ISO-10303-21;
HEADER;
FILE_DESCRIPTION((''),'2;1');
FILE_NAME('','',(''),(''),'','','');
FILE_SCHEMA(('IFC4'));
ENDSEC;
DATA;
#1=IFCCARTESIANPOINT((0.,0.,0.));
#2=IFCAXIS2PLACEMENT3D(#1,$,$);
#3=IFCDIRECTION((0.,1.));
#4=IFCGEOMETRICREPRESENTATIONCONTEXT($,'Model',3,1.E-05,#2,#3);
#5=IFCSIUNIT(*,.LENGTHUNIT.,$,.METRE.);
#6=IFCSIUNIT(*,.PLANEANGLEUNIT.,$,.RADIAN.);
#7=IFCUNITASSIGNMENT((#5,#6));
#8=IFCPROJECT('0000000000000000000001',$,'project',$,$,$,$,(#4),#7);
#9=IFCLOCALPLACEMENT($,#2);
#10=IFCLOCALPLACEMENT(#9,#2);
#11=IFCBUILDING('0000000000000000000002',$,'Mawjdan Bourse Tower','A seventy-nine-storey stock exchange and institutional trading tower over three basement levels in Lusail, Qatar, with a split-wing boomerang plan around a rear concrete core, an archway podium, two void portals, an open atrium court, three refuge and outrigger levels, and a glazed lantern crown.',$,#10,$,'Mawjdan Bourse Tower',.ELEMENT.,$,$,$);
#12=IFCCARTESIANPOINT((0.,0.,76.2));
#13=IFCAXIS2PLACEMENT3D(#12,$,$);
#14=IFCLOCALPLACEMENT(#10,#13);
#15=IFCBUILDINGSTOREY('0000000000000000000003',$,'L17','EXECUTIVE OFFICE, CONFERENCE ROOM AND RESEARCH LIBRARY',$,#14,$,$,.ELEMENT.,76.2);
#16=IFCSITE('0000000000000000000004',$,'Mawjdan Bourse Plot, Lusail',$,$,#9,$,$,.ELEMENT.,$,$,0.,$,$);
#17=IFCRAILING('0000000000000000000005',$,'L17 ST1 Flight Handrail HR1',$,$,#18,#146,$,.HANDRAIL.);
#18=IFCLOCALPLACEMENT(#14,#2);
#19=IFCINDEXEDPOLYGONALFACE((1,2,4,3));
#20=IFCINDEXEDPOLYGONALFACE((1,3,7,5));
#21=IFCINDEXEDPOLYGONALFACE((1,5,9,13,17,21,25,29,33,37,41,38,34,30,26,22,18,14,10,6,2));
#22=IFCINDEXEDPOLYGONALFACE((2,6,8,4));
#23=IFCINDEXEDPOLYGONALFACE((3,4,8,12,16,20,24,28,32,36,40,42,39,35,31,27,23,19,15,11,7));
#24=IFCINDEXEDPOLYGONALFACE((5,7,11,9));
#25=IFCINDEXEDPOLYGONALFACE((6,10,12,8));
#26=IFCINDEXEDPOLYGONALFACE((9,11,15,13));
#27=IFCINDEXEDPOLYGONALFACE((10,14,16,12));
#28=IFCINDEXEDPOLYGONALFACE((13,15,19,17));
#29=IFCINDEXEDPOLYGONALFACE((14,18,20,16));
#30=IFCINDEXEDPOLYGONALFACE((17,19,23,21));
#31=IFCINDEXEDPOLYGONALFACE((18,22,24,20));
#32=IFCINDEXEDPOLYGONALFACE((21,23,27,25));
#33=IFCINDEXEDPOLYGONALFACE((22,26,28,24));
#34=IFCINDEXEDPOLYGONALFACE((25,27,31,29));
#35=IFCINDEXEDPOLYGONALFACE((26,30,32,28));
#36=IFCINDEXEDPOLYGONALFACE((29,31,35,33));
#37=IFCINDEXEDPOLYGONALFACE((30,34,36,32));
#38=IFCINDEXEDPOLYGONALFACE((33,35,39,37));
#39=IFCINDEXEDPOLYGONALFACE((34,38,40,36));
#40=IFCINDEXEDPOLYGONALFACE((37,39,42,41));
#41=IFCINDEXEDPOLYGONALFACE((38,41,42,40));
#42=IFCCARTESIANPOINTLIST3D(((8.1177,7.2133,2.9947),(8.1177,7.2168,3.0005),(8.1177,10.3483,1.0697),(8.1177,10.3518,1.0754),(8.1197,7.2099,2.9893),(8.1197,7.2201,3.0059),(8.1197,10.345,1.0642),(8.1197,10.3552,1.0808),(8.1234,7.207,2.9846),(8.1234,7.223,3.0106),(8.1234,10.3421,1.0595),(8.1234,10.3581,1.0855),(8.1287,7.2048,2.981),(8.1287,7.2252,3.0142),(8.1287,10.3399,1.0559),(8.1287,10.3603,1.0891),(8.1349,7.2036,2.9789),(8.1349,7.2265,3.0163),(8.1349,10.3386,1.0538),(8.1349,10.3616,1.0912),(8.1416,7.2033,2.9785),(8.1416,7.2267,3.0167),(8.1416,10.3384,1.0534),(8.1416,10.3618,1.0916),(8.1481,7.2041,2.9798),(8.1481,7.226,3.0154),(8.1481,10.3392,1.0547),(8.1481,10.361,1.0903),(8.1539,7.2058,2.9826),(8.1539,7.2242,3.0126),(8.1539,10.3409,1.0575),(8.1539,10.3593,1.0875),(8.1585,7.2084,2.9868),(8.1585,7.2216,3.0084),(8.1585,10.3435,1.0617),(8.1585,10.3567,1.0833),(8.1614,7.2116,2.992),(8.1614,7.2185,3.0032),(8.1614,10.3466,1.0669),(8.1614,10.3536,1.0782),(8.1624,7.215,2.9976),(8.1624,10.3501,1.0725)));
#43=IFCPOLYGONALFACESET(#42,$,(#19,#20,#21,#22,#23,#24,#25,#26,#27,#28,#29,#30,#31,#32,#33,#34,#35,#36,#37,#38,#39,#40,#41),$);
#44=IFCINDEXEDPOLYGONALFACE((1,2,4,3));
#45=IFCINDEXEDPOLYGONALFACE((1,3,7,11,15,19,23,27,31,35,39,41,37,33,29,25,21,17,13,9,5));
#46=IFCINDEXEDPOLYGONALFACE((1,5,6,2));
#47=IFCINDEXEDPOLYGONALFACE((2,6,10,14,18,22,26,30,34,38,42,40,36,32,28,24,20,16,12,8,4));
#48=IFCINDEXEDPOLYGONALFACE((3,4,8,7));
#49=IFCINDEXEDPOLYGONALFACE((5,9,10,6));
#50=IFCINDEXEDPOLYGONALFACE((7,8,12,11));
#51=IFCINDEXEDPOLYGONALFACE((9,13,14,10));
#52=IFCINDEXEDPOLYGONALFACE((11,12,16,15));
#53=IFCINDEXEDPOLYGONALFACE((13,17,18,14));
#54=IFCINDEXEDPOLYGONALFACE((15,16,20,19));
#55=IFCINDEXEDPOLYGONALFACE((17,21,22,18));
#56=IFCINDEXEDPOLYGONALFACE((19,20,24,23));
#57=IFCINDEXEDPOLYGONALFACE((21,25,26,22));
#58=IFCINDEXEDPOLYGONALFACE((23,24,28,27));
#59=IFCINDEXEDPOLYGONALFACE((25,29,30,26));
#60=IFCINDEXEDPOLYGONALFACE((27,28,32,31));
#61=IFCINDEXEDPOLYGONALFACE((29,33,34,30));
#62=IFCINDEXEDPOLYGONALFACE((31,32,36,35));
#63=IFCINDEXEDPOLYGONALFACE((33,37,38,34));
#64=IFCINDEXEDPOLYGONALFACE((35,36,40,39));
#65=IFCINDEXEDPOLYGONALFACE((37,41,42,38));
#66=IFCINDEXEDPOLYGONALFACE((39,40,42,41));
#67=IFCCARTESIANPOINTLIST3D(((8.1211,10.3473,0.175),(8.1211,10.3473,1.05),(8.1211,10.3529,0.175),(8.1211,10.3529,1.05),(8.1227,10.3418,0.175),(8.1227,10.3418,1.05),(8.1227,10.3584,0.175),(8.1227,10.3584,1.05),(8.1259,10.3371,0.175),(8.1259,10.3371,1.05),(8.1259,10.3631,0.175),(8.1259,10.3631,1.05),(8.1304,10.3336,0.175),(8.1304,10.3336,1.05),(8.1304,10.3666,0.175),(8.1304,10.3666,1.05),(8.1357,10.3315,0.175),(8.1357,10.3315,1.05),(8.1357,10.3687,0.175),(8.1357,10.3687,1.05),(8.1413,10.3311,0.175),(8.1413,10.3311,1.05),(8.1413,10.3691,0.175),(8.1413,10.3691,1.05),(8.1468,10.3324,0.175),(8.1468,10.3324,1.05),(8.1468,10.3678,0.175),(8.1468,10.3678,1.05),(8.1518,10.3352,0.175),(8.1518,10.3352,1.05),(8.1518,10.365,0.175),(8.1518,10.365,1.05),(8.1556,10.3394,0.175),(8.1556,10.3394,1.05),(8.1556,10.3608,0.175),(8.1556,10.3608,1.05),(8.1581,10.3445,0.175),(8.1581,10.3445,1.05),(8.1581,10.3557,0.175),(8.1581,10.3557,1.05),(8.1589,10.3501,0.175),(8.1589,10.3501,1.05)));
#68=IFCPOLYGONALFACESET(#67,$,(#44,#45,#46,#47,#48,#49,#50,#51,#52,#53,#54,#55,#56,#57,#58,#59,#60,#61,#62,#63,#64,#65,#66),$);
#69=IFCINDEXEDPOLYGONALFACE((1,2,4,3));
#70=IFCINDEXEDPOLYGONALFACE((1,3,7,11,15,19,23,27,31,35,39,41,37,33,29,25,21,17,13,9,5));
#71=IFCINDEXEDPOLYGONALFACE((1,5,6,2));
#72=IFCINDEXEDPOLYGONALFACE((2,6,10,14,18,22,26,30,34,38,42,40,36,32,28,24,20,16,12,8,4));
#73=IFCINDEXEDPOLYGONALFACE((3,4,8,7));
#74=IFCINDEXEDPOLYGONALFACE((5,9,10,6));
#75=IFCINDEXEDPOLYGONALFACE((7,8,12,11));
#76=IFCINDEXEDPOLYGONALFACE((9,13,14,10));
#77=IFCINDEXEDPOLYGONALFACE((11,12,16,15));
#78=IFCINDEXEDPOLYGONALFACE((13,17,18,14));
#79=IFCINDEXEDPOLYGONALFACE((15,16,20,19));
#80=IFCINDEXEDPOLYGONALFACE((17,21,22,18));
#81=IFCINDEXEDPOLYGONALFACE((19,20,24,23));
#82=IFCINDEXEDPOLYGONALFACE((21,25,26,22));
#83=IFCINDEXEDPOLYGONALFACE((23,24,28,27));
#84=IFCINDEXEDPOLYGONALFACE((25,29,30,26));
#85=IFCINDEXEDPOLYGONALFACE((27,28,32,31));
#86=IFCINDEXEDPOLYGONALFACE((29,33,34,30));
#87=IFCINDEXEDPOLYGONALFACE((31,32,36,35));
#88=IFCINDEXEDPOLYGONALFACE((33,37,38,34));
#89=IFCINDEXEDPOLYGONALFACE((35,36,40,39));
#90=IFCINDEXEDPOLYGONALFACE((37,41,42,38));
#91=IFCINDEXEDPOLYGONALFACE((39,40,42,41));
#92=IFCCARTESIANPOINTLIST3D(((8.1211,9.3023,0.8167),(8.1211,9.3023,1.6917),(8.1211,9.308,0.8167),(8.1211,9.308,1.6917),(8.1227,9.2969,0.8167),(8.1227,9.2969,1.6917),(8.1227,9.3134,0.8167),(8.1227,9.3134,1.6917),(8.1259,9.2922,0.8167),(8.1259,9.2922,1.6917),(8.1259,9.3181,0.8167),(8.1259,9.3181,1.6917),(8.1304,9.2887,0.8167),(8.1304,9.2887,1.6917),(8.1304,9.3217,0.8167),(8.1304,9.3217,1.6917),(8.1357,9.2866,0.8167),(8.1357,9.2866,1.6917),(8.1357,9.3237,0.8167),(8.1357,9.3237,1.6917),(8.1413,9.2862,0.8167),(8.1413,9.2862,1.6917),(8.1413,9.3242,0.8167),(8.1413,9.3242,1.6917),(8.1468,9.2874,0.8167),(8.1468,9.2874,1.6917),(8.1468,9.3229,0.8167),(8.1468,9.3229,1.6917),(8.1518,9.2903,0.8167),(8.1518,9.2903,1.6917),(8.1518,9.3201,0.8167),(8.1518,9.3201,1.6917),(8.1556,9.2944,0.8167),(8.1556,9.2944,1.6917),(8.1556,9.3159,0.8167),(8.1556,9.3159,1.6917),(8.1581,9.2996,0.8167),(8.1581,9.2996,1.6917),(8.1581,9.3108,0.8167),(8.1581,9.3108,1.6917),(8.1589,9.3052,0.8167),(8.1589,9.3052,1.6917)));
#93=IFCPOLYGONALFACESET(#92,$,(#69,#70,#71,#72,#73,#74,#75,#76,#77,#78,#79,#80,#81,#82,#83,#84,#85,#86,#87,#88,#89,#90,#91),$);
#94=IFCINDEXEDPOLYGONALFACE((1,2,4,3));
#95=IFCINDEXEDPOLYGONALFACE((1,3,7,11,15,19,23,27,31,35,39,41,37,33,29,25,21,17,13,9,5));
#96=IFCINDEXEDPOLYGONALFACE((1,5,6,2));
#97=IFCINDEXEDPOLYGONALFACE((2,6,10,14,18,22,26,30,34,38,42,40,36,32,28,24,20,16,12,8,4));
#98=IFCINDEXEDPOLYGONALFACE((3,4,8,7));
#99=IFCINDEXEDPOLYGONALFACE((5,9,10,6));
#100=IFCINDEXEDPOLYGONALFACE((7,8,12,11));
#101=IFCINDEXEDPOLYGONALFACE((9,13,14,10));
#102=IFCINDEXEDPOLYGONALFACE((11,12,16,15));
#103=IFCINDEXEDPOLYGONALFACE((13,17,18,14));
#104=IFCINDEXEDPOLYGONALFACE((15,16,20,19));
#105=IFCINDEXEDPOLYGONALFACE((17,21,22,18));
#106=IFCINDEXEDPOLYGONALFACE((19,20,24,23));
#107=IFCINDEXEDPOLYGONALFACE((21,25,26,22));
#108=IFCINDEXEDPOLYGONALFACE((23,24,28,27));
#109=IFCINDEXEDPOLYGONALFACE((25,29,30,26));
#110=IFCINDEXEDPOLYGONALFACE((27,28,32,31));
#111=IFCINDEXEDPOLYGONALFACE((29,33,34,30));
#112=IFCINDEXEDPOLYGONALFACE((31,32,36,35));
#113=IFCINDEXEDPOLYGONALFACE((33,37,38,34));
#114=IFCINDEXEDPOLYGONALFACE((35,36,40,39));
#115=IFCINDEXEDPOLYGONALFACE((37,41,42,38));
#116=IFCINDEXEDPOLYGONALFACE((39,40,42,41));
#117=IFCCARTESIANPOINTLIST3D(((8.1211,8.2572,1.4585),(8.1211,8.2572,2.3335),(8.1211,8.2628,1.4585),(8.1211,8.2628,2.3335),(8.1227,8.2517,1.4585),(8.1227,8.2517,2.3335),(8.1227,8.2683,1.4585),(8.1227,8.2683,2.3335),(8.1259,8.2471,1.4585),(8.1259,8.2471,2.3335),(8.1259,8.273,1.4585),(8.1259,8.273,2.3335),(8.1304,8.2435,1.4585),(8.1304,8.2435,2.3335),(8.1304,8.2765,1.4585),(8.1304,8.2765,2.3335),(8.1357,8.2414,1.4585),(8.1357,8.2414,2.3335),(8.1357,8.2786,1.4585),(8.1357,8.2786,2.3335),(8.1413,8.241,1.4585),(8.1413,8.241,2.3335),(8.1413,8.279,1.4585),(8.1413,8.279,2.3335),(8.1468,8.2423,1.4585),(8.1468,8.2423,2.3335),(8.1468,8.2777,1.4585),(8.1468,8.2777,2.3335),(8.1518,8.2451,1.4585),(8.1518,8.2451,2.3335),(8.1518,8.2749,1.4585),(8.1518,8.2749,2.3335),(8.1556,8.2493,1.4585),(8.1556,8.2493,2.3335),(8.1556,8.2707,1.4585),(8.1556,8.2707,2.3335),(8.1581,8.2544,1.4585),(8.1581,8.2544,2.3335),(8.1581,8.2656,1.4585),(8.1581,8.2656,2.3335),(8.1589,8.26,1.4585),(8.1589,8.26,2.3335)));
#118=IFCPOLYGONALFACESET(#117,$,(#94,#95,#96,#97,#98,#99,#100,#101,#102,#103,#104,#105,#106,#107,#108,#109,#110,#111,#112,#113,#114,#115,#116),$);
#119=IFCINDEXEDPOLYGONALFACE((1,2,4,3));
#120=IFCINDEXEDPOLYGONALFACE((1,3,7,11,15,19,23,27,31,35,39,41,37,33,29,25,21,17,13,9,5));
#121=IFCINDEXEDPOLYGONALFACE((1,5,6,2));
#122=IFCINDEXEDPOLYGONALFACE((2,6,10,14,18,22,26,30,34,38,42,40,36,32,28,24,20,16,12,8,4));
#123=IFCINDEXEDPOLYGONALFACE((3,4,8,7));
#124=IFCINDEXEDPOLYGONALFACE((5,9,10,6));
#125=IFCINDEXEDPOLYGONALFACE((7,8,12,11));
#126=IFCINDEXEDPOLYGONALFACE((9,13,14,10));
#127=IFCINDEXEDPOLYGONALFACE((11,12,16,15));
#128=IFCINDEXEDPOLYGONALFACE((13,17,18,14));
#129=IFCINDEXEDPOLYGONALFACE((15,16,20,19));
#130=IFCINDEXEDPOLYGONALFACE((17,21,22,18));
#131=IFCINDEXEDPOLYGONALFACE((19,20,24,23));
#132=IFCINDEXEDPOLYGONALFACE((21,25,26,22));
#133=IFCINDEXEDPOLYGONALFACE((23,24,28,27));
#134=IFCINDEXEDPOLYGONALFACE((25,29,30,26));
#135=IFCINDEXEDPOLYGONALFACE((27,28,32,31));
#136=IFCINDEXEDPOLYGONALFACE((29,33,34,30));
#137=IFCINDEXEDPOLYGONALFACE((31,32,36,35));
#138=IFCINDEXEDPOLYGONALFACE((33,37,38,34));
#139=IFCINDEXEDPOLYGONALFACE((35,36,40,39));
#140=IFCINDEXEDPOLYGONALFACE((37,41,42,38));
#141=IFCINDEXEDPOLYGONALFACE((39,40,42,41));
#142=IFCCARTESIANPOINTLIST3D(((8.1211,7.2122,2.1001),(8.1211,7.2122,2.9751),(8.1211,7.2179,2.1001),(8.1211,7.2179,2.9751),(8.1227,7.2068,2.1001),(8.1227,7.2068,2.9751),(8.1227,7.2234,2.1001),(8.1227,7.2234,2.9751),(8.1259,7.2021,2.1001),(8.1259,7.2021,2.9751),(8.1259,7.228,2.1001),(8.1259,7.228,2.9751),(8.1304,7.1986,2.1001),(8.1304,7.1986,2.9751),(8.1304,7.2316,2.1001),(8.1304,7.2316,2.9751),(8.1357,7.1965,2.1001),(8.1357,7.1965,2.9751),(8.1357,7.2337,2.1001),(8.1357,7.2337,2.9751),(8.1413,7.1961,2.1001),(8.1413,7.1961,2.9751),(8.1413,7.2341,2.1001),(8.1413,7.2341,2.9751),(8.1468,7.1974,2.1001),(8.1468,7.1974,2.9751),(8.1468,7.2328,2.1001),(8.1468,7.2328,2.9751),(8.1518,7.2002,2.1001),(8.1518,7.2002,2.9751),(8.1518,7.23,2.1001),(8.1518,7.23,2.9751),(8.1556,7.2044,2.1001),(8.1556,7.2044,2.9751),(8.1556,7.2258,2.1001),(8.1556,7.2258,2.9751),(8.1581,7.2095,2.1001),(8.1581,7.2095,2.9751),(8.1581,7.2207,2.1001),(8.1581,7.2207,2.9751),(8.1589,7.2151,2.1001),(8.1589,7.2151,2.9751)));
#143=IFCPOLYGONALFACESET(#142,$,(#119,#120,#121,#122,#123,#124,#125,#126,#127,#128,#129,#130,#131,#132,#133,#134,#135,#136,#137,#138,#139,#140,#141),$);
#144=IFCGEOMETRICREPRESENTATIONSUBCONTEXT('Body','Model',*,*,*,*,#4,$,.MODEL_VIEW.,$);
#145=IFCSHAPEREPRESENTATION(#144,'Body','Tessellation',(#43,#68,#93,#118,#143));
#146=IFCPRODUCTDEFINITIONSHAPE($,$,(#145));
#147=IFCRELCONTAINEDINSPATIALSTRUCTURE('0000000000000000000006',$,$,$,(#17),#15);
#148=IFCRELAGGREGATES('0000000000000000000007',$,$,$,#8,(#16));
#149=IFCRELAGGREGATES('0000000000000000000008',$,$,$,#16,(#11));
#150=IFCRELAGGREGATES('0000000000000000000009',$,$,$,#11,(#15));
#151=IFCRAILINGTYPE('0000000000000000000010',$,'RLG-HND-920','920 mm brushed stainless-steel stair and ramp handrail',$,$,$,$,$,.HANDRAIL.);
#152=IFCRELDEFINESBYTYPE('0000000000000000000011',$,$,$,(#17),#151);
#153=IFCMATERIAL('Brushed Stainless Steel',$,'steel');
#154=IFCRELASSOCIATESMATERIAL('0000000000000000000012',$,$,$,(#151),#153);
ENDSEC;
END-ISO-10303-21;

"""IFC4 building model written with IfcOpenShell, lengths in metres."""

from ifc_helpers import new_model, si_unit, direction, frame, origin, origin_2d, place, context, subcontext, project, spatial, circle, extrude, material, type_object, element, save


model = new_model("IFC4")

# Units and contexts
model_context = context("Model", 3, precision=1e-05, world=origin(), true_north=direction((0.0, 1.0)))
body_context = subcontext(model_context, "Body", "Model", "MODEL_VIEW")
ifc_project = project(units=[si_unit("LENGTHUNIT", "METRE"), si_unit("PLANEANGLEUNIT", "RADIAN")], contexts=[model_context])

# Site, building, storey
site_placement = place(None, origin())
site = spatial("IfcSite", under=ifc_project, at=site_placement, Name="Mawjdan Bourse Plot, Lusail", CompositionType="ELEMENT", RefElevation=0.0)
building_placement = place(site_placement, origin())
building = spatial("IfcBuilding", under=site, at=building_placement, Name="Mawjdan Bourse Tower", Description="A seventy-nine-storey stock exchange and institutional trading tower over three basement levels in Lusail, Qatar, with a split-wing boomerang plan around a rear concrete core, an archway podium, two void portals, an open atrium court, three refuge and outrigger levels, and a glazed lantern crown.", LongName="Mawjdan Bourse Tower", CompositionType="ELEMENT")
storey_placement = place(building_placement, frame((0.0, 0.0, 76.2)))
storey = spatial("IfcBuildingStorey", under=building, at=storey_placement, Name="L17", Description="EXECUTIVE OFFICE, CONFERENCE ROOM AND RESEARCH LIBRARY", CompositionType="ELEMENT", Elevation=76.2)

# Railing
ifc_material_1 = material(Name="Brushed Stainless Steel", Category="steel")
railing_type_1 = type_object("IfcRailingType", Name="RLG-HND-920", Description="920 mm brushed stainless-steel stair and ramp handrail", PredefinedType="HANDRAIL", material=ifc_material_1)
railing_1_placement = place(storey_placement, frame((8.1399, 10.3501, 0.175)))
element("IfcRailing", 1, at=railing_1_placement, inside=storey, type_object=railing_type_1, Name="L17 ST1 Flight Handrail HR1", PredefinedType="HANDRAIL", context=body_context, shape_type="SweptSolid", body=[
    extrude(circle(Radius=0.0225, at=origin_2d()), frame((0.0, 0.0, 0.8975), z_axis=(0.0, -0.852166, 0.523271), x_axis=(1.0, 0.0, 0.0)), (0.0, 0.0, 1.0), 3.679),
    extrude(circle(Radius=0.019, at=origin_2d()), origin(), (0.0, 0.0, 1.0), 0.875),
    extrude(circle(Radius=0.019, at=origin_2d()), frame((0.0, -1.0449, 0.6416)), (0.0, 0.0, 1.0), 0.875),
    extrude(circle(Radius=0.019, at=origin_2d()), frame((0.0, -2.0901, 1.2834)), (0.0, 0.0, 1.0), 0.875),
    extrude(circle(Radius=0.019, at=origin_2d()), frame((0.0, -3.135, 1.925)), (0.0, 0.0, 1.0), 0.875),
])

save(model, "model.ifc")
